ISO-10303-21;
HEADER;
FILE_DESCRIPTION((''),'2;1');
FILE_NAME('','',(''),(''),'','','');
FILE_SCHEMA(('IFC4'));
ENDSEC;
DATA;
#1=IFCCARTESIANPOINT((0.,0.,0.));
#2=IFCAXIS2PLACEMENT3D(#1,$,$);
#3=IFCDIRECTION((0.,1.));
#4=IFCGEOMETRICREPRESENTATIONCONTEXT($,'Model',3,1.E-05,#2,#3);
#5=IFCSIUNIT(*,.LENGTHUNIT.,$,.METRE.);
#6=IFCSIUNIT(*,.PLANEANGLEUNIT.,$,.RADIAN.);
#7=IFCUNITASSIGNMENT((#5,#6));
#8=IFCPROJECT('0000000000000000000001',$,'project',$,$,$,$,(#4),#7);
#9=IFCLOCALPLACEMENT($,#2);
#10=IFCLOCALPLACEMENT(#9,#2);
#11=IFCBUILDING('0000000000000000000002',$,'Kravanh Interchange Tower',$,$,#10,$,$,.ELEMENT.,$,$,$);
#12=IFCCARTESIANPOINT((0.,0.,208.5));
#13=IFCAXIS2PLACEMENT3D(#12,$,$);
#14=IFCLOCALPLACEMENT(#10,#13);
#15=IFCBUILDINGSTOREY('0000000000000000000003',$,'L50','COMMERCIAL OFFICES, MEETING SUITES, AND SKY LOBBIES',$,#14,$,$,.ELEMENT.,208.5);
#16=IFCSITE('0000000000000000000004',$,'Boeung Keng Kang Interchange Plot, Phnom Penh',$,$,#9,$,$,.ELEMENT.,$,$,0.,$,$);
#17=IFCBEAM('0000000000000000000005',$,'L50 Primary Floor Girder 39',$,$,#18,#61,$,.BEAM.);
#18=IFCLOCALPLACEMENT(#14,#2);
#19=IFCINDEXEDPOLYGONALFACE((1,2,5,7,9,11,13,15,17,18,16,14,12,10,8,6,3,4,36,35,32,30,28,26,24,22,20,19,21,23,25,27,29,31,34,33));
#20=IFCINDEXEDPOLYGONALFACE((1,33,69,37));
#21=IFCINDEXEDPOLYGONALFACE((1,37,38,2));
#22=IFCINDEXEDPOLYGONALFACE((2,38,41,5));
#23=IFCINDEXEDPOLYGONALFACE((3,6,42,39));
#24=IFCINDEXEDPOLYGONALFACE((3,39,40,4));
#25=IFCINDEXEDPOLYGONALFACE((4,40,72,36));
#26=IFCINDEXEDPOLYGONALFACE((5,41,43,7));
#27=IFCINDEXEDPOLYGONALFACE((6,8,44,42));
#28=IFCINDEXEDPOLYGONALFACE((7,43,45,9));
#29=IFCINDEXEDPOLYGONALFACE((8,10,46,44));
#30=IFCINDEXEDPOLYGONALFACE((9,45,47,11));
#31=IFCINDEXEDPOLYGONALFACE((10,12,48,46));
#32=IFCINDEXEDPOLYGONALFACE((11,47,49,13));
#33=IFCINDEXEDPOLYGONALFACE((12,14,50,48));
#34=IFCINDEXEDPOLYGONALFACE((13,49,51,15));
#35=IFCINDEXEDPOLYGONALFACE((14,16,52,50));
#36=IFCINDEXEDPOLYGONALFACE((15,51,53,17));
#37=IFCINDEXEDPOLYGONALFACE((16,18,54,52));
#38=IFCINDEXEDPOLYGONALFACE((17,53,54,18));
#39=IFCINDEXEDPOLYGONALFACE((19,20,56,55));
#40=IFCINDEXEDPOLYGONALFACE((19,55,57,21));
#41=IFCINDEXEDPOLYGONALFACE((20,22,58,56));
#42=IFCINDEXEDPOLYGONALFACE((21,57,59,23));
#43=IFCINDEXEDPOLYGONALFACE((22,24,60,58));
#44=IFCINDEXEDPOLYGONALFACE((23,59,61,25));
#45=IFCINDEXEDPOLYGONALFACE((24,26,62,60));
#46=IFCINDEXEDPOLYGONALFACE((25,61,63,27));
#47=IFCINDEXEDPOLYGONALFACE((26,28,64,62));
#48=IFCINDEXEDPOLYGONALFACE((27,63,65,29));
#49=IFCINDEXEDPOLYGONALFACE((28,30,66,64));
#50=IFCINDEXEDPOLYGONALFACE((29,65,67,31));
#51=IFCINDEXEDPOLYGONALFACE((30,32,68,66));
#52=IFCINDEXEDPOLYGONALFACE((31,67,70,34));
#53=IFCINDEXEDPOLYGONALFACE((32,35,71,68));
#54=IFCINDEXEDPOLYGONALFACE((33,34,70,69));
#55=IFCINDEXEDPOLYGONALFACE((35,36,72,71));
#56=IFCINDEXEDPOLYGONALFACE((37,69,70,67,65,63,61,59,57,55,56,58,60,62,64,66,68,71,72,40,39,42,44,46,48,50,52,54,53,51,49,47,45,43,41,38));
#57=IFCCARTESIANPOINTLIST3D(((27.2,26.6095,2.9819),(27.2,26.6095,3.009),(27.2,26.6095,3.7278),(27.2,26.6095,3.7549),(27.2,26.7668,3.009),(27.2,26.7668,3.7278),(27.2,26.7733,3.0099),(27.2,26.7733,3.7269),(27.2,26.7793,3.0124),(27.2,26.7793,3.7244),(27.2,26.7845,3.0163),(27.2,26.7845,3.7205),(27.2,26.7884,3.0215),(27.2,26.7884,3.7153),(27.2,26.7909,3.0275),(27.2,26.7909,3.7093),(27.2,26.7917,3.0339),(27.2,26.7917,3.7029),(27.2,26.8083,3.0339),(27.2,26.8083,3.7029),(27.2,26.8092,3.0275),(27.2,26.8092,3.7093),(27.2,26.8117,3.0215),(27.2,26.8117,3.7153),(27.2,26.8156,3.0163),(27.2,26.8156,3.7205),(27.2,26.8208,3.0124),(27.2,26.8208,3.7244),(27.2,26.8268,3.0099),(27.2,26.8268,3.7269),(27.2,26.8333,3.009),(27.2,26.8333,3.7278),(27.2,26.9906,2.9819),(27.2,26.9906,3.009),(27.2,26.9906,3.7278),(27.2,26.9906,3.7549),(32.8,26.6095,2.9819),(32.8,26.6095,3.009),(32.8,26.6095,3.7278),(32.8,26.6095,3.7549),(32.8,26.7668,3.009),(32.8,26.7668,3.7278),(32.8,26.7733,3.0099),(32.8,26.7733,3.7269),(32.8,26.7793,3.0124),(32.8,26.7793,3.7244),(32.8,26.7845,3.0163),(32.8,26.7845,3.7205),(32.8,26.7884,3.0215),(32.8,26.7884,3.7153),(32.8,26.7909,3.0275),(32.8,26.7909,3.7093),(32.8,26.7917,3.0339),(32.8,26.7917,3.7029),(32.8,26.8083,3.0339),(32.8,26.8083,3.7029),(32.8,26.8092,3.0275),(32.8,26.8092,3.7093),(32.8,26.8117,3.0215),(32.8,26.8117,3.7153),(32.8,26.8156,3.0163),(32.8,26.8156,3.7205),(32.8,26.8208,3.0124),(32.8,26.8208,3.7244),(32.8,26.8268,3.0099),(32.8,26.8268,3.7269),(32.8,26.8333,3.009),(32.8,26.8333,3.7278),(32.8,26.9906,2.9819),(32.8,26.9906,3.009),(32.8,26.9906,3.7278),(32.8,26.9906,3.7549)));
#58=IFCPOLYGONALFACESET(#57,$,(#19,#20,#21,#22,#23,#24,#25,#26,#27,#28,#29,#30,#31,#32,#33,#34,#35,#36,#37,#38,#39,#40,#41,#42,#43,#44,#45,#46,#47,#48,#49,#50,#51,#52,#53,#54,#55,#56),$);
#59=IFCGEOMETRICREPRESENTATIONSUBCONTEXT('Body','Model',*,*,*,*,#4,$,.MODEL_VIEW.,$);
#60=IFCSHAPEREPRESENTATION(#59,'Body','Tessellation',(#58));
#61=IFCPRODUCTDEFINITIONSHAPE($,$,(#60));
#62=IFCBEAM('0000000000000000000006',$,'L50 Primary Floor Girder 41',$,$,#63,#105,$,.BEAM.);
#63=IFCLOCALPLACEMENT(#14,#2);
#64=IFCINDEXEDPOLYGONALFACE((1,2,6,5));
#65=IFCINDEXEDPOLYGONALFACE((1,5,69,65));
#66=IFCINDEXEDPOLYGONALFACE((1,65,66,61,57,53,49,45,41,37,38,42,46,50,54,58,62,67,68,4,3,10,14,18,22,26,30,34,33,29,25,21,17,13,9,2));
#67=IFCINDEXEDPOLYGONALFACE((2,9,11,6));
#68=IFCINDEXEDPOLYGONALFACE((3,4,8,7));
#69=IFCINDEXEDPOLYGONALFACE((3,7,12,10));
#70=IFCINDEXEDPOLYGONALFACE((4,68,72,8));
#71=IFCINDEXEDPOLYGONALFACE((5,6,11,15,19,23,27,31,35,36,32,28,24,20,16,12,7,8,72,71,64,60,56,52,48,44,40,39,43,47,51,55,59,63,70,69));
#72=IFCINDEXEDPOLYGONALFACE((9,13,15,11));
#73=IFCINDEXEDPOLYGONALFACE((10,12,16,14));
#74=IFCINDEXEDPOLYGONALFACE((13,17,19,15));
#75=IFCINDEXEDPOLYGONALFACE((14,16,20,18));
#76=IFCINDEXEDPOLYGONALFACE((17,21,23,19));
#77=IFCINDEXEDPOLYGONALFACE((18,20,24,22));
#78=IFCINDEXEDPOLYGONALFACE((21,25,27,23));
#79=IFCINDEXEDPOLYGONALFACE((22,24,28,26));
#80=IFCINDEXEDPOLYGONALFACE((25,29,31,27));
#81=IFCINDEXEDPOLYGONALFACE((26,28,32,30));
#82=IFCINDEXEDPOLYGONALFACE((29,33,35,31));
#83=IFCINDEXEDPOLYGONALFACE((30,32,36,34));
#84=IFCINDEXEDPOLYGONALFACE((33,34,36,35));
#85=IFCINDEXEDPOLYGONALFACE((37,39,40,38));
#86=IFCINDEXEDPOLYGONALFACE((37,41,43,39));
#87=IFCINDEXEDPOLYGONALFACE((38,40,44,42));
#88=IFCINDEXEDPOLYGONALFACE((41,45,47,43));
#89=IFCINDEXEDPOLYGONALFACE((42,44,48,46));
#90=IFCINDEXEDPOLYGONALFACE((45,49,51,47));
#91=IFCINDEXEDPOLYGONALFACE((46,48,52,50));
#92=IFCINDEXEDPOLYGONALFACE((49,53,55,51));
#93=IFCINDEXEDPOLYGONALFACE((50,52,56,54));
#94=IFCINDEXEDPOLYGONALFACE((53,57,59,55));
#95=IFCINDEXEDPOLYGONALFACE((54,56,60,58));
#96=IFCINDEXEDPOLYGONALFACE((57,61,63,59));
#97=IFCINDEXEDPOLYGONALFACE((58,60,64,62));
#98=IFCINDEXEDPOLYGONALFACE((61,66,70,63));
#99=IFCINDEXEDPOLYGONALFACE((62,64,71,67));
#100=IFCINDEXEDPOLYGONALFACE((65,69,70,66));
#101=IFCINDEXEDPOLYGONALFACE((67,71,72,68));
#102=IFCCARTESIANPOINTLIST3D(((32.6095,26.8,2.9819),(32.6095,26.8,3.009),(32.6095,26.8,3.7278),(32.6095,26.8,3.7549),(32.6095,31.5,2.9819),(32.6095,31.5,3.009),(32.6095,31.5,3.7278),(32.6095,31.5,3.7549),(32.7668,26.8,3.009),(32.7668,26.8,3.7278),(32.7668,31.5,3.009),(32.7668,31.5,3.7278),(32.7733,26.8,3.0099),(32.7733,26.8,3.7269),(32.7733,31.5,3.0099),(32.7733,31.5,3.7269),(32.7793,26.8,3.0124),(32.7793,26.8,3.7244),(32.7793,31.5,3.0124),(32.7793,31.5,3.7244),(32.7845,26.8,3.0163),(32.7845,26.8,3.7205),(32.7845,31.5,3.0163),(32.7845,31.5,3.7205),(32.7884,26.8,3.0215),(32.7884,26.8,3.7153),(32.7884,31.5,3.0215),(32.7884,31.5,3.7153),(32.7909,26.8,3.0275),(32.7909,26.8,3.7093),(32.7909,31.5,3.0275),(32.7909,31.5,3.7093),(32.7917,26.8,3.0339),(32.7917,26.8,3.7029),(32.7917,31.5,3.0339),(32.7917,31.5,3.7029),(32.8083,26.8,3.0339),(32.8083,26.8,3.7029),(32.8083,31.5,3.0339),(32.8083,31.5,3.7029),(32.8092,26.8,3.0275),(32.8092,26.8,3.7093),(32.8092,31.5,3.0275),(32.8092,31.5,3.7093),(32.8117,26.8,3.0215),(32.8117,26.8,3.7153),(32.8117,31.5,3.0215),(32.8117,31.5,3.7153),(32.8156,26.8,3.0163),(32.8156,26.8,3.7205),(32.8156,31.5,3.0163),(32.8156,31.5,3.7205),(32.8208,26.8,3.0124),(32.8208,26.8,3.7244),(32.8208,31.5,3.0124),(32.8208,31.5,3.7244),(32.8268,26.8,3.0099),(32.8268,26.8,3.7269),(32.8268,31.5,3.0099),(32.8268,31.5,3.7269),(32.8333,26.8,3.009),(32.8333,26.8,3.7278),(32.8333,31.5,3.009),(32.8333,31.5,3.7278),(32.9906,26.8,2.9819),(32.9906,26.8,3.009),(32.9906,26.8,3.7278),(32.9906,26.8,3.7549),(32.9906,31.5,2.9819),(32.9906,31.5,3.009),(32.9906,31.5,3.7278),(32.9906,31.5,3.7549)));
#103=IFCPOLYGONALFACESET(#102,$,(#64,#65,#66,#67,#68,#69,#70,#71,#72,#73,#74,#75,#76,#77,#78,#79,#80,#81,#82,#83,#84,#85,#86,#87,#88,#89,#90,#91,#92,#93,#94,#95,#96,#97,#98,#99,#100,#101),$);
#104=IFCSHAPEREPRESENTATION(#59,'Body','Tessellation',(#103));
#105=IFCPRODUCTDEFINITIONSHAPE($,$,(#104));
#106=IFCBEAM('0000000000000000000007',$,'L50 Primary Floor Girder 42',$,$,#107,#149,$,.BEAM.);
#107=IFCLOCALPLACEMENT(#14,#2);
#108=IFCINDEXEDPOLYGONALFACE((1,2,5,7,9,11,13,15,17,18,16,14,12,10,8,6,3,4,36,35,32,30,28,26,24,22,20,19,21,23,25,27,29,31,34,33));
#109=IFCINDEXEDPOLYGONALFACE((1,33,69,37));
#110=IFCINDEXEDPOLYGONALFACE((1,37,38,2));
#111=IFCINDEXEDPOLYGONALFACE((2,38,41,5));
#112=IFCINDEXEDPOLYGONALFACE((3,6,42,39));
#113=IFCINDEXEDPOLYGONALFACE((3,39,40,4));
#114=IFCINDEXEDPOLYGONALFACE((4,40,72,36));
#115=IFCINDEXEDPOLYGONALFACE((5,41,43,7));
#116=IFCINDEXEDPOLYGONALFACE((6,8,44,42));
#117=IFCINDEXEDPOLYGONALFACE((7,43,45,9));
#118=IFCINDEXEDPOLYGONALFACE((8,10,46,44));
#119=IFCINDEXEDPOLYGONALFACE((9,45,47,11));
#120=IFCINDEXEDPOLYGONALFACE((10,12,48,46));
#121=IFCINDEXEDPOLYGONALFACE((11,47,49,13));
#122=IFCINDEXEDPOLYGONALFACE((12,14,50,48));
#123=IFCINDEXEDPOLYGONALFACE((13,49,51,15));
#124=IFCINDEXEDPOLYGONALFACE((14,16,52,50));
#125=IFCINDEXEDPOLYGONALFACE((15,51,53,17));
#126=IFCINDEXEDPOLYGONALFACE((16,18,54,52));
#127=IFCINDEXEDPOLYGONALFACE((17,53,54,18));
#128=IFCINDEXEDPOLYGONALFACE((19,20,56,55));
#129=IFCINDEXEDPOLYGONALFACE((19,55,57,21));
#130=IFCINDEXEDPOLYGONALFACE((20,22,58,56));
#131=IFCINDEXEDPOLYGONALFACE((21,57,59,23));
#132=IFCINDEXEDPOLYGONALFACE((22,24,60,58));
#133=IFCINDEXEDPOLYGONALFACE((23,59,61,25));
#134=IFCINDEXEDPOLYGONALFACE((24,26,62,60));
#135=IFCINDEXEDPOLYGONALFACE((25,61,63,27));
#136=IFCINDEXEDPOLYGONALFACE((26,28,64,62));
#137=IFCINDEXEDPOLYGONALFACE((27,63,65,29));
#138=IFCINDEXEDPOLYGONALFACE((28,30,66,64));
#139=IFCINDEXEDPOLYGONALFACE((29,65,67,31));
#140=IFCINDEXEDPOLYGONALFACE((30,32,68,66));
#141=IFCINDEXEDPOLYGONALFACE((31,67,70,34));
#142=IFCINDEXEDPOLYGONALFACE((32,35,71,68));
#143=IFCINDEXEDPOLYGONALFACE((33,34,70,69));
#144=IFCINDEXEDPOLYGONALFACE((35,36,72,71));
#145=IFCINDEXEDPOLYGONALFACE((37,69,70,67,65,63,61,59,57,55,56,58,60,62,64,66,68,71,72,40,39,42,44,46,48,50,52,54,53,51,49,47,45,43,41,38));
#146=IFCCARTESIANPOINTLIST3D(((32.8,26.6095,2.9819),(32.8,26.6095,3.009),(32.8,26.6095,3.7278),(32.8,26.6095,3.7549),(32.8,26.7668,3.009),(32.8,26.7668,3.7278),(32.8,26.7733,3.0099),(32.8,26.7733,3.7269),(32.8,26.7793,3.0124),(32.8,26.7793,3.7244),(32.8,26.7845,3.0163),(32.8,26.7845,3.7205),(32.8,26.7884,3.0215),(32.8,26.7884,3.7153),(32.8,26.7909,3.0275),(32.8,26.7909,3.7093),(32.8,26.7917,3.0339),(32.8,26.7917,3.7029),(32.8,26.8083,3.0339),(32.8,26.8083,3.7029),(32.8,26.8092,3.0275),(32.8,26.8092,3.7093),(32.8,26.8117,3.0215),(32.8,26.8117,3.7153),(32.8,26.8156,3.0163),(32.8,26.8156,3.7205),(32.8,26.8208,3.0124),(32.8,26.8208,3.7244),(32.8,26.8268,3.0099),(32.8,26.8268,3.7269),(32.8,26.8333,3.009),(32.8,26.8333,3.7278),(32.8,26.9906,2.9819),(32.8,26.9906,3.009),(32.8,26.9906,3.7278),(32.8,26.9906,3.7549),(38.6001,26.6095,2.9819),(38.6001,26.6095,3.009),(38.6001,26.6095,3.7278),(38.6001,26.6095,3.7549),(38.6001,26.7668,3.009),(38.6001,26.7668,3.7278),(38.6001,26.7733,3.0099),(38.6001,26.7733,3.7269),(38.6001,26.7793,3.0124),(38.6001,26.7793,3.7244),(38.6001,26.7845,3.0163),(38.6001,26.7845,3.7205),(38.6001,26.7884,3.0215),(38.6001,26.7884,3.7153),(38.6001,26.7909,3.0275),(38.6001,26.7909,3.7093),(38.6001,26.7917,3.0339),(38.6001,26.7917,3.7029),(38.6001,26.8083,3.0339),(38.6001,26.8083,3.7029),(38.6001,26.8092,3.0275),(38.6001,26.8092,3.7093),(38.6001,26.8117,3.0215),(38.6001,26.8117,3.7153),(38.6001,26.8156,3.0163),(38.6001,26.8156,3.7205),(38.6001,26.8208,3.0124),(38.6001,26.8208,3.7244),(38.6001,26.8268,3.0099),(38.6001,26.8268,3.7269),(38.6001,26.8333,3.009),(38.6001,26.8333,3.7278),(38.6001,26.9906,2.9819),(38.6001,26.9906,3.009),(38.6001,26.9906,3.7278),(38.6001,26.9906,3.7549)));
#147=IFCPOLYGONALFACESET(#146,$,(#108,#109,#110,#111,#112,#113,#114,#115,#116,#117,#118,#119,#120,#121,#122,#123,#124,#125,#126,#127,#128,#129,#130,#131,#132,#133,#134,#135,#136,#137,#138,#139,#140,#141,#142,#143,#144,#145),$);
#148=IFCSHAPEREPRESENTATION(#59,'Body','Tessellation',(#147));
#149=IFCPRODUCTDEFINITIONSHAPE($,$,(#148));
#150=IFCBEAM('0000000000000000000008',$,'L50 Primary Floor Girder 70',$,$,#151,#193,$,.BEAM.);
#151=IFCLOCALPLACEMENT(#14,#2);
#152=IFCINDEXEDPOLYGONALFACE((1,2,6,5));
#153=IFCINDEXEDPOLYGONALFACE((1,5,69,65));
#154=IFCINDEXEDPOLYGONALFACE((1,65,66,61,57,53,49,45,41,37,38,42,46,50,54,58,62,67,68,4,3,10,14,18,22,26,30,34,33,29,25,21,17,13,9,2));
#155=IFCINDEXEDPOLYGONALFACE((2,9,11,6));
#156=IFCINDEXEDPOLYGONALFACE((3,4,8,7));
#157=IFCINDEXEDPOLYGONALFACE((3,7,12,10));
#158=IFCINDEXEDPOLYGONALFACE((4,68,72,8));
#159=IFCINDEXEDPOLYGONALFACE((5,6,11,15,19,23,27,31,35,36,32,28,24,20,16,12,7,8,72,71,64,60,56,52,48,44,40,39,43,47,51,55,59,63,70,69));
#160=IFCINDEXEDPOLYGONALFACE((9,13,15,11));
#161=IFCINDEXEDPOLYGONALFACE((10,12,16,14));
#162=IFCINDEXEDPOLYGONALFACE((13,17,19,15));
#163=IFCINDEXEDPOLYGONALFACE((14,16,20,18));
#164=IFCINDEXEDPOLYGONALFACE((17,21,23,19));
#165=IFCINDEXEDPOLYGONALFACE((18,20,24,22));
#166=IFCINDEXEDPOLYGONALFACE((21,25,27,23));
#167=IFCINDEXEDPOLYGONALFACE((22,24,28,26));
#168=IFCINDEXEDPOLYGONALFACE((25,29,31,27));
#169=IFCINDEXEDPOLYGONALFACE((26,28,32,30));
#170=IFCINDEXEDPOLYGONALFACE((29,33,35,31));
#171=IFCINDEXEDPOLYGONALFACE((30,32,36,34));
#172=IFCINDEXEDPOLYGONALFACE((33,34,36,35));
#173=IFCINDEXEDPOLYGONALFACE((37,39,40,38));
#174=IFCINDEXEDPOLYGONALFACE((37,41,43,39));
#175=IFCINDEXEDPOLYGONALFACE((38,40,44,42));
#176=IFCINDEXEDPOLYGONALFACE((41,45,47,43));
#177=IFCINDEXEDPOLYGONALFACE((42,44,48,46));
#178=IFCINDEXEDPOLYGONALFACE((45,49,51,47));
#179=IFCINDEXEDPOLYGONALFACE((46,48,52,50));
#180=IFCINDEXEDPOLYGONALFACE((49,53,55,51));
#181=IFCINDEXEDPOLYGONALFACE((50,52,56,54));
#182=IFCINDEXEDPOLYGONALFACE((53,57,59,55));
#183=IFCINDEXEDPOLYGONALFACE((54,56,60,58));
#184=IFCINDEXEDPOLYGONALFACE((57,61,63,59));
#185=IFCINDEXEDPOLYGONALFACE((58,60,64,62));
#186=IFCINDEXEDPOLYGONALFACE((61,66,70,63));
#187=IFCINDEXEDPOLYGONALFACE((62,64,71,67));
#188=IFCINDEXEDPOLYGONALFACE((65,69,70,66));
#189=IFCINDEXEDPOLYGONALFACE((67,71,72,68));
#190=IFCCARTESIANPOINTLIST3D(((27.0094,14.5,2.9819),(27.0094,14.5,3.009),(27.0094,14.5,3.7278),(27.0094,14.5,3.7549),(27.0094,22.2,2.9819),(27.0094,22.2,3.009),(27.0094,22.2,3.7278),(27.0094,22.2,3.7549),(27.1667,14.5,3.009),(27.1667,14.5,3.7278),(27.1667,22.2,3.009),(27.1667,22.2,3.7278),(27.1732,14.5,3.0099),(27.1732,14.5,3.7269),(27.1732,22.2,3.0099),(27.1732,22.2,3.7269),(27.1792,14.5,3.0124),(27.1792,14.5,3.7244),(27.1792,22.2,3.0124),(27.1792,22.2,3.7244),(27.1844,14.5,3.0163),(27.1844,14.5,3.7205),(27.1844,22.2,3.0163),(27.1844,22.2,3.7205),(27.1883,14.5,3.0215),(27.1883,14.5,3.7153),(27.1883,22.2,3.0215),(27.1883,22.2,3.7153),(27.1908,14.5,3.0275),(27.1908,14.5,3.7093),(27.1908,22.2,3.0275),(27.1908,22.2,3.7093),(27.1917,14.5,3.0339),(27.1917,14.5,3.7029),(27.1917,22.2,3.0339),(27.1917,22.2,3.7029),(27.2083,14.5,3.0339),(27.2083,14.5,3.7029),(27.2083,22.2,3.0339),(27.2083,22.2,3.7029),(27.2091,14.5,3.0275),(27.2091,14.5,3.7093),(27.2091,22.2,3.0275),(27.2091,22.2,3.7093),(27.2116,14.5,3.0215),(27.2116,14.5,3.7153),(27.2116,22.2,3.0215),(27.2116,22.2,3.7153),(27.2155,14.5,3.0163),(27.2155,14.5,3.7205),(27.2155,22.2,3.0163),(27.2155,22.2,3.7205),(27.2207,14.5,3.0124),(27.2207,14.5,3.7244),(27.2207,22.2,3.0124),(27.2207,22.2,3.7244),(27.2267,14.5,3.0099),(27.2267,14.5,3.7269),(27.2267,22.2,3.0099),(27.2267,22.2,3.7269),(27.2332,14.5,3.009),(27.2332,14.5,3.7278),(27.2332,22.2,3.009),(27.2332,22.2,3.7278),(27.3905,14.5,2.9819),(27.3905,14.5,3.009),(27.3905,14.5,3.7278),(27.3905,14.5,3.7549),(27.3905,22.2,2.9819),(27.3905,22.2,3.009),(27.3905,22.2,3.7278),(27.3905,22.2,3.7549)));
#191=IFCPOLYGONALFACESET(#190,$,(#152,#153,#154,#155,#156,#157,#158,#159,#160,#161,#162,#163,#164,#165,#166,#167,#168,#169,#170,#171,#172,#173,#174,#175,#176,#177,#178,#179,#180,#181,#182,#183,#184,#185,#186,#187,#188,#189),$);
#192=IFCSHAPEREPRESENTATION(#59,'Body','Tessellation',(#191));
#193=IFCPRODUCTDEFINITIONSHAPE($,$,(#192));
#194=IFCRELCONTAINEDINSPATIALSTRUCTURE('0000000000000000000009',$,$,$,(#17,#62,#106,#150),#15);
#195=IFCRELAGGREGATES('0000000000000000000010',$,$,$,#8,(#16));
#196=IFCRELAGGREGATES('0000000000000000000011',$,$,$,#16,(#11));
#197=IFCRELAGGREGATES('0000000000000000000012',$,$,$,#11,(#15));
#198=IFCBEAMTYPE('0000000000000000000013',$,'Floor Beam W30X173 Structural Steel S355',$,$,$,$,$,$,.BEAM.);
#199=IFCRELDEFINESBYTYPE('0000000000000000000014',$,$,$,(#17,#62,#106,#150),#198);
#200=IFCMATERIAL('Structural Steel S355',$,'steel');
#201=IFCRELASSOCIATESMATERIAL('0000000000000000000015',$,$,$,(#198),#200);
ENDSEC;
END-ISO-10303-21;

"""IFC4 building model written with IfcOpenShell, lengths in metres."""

from ifc_helpers import new_model, si_unit, direction, frame, origin, origin_2d, place, context, subcontext, project, spatial, i_section, extrude, material, material_profile, profile_set, type_object, element, save


model = new_model("IFC4")

# Units and contexts
model_context = context("Model", 3, precision=1e-05, world=origin(), true_north=direction((0.0, 1.0)))
body_context = subcontext(model_context, "Body", "Model", "MODEL_VIEW")
ifc_project = project(units=[si_unit("LENGTHUNIT", "METRE"), si_unit("PLANEANGLEUNIT", "RADIAN")], contexts=[model_context])

# Site, building, storey
site_placement = place(None, origin())
site = spatial("IfcSite", under=ifc_project, at=site_placement, Name="Boeung Keng Kang Interchange Plot, Phnom Penh", CompositionType="ELEMENT", RefElevation=0.0)
building_placement = place(site_placement, origin())
building = spatial("IfcBuilding", under=site, at=building_placement, Name="Kravanh Interchange Tower", CompositionType="ELEMENT")
storey_placement = place(building_placement, frame((0.0, 0.0, 208.5)))
storey = spatial("IfcBuildingStorey", under=building, at=storey_placement, Name="L50", Description="COMMERCIAL OFFICES, MEETING SUITES, AND SKY LOBBIES", CompositionType="ELEMENT", Elevation=208.5)

# Beams
ifc_material_1 = material(Name="Structural Steel S355", Category="steel")
ifc_material_profile_1 = material_profile(ifc_material_1, i_section(OverallWidth=0.3811, OverallDepth=0.7729, WebThickness=0.0166, FlangeThickness=0.0271, FilletRadius=0.0249, at=origin_2d()), Name="W30X173")
ifc_profile_set_1 = profile_set([ifc_material_profile_1], Name="Structural Steel S355")
beam_type_1 = type_object("IfcBeamType", Name="Floor Beam W30X173 Structural Steel S355", PredefinedType="BEAM", material=ifc_profile_set_1)
beam_1_placement = place(storey_placement, frame((27.2, 26.8, 3.3684), z_axis=(1.0, 0.0, 0.0), x_axis=(0.0, 1.0, 0.0)))
element("IfcBeam", 1, at=beam_1_placement, inside=storey, type_object=beam_type_1, Name="L50 Primary Floor Girder 39", PredefinedType="BEAM", context=body_context, shape_type="SweptSolid", body=[
    extrude(i_section(OverallWidth=0.3811, OverallDepth=0.7729, WebThickness=0.0166, FlangeThickness=0.0271, FilletRadius=0.0249, at=origin_2d()), origin(), (0.0, 0.0, 1.0), 5.6001),
])
beam_2_placement = place(storey_placement, frame((32.8, 26.8, 3.3684), z_axis=(0.0, 1.0, 0.0), x_axis=(-1.0, 0.0, 0.0)))
element("IfcBeam", 2, at=beam_2_placement, inside=storey, type_object=beam_type_1, Name="L50 Primary Floor Girder 41", PredefinedType="BEAM", context=body_context, shape_type="SweptSolid", body=[
    extrude(i_section(OverallWidth=0.3811, OverallDepth=0.7729, WebThickness=0.0166, FlangeThickness=0.0271, FilletRadius=0.0249, at=origin_2d()), origin(), (0.0, 0.0, 1.0), 4.7),
])
beam_3_placement = place(storey_placement, frame((32.8, 26.8, 3.3684), z_axis=(1.0, 0.0, 0.0), x_axis=(0.0, 1.0, 0.0)))
element("IfcBeam", 3, at=beam_3_placement, inside=storey, type_object=beam_type_1, Name="L50 Primary Floor Girder 42", PredefinedType="BEAM", context=body_context, shape_type="SweptSolid", body=[
    extrude(i_section(OverallWidth=0.3811, OverallDepth=0.7729, WebThickness=0.0166, FlangeThickness=0.0271, FilletRadius=0.0249, at=origin_2d()), origin(), (0.0, 0.0, 1.0), 5.8),
])
beam_4_placement = place(storey_placement, frame((27.2, 14.5, 3.3684), z_axis=(0.0, 1.0, 0.0), x_axis=(-1.0, 0.0, 0.0)))
element("IfcBeam", 4, at=beam_4_placement, inside=storey, type_object=beam_type_1, Name="L50 Primary Floor Girder 70", PredefinedType="BEAM", context=body_context, shape_type="SweptSolid", body=[
    extrude(i_section(OverallWidth=0.3811, OverallDepth=0.7729, WebThickness=0.0166, FlangeThickness=0.0271, FilletRadius=0.0249, at=origin_2d()), origin(), (0.0, 0.0, 1.0), 7.7),
])

save(model, "model.ifc")
